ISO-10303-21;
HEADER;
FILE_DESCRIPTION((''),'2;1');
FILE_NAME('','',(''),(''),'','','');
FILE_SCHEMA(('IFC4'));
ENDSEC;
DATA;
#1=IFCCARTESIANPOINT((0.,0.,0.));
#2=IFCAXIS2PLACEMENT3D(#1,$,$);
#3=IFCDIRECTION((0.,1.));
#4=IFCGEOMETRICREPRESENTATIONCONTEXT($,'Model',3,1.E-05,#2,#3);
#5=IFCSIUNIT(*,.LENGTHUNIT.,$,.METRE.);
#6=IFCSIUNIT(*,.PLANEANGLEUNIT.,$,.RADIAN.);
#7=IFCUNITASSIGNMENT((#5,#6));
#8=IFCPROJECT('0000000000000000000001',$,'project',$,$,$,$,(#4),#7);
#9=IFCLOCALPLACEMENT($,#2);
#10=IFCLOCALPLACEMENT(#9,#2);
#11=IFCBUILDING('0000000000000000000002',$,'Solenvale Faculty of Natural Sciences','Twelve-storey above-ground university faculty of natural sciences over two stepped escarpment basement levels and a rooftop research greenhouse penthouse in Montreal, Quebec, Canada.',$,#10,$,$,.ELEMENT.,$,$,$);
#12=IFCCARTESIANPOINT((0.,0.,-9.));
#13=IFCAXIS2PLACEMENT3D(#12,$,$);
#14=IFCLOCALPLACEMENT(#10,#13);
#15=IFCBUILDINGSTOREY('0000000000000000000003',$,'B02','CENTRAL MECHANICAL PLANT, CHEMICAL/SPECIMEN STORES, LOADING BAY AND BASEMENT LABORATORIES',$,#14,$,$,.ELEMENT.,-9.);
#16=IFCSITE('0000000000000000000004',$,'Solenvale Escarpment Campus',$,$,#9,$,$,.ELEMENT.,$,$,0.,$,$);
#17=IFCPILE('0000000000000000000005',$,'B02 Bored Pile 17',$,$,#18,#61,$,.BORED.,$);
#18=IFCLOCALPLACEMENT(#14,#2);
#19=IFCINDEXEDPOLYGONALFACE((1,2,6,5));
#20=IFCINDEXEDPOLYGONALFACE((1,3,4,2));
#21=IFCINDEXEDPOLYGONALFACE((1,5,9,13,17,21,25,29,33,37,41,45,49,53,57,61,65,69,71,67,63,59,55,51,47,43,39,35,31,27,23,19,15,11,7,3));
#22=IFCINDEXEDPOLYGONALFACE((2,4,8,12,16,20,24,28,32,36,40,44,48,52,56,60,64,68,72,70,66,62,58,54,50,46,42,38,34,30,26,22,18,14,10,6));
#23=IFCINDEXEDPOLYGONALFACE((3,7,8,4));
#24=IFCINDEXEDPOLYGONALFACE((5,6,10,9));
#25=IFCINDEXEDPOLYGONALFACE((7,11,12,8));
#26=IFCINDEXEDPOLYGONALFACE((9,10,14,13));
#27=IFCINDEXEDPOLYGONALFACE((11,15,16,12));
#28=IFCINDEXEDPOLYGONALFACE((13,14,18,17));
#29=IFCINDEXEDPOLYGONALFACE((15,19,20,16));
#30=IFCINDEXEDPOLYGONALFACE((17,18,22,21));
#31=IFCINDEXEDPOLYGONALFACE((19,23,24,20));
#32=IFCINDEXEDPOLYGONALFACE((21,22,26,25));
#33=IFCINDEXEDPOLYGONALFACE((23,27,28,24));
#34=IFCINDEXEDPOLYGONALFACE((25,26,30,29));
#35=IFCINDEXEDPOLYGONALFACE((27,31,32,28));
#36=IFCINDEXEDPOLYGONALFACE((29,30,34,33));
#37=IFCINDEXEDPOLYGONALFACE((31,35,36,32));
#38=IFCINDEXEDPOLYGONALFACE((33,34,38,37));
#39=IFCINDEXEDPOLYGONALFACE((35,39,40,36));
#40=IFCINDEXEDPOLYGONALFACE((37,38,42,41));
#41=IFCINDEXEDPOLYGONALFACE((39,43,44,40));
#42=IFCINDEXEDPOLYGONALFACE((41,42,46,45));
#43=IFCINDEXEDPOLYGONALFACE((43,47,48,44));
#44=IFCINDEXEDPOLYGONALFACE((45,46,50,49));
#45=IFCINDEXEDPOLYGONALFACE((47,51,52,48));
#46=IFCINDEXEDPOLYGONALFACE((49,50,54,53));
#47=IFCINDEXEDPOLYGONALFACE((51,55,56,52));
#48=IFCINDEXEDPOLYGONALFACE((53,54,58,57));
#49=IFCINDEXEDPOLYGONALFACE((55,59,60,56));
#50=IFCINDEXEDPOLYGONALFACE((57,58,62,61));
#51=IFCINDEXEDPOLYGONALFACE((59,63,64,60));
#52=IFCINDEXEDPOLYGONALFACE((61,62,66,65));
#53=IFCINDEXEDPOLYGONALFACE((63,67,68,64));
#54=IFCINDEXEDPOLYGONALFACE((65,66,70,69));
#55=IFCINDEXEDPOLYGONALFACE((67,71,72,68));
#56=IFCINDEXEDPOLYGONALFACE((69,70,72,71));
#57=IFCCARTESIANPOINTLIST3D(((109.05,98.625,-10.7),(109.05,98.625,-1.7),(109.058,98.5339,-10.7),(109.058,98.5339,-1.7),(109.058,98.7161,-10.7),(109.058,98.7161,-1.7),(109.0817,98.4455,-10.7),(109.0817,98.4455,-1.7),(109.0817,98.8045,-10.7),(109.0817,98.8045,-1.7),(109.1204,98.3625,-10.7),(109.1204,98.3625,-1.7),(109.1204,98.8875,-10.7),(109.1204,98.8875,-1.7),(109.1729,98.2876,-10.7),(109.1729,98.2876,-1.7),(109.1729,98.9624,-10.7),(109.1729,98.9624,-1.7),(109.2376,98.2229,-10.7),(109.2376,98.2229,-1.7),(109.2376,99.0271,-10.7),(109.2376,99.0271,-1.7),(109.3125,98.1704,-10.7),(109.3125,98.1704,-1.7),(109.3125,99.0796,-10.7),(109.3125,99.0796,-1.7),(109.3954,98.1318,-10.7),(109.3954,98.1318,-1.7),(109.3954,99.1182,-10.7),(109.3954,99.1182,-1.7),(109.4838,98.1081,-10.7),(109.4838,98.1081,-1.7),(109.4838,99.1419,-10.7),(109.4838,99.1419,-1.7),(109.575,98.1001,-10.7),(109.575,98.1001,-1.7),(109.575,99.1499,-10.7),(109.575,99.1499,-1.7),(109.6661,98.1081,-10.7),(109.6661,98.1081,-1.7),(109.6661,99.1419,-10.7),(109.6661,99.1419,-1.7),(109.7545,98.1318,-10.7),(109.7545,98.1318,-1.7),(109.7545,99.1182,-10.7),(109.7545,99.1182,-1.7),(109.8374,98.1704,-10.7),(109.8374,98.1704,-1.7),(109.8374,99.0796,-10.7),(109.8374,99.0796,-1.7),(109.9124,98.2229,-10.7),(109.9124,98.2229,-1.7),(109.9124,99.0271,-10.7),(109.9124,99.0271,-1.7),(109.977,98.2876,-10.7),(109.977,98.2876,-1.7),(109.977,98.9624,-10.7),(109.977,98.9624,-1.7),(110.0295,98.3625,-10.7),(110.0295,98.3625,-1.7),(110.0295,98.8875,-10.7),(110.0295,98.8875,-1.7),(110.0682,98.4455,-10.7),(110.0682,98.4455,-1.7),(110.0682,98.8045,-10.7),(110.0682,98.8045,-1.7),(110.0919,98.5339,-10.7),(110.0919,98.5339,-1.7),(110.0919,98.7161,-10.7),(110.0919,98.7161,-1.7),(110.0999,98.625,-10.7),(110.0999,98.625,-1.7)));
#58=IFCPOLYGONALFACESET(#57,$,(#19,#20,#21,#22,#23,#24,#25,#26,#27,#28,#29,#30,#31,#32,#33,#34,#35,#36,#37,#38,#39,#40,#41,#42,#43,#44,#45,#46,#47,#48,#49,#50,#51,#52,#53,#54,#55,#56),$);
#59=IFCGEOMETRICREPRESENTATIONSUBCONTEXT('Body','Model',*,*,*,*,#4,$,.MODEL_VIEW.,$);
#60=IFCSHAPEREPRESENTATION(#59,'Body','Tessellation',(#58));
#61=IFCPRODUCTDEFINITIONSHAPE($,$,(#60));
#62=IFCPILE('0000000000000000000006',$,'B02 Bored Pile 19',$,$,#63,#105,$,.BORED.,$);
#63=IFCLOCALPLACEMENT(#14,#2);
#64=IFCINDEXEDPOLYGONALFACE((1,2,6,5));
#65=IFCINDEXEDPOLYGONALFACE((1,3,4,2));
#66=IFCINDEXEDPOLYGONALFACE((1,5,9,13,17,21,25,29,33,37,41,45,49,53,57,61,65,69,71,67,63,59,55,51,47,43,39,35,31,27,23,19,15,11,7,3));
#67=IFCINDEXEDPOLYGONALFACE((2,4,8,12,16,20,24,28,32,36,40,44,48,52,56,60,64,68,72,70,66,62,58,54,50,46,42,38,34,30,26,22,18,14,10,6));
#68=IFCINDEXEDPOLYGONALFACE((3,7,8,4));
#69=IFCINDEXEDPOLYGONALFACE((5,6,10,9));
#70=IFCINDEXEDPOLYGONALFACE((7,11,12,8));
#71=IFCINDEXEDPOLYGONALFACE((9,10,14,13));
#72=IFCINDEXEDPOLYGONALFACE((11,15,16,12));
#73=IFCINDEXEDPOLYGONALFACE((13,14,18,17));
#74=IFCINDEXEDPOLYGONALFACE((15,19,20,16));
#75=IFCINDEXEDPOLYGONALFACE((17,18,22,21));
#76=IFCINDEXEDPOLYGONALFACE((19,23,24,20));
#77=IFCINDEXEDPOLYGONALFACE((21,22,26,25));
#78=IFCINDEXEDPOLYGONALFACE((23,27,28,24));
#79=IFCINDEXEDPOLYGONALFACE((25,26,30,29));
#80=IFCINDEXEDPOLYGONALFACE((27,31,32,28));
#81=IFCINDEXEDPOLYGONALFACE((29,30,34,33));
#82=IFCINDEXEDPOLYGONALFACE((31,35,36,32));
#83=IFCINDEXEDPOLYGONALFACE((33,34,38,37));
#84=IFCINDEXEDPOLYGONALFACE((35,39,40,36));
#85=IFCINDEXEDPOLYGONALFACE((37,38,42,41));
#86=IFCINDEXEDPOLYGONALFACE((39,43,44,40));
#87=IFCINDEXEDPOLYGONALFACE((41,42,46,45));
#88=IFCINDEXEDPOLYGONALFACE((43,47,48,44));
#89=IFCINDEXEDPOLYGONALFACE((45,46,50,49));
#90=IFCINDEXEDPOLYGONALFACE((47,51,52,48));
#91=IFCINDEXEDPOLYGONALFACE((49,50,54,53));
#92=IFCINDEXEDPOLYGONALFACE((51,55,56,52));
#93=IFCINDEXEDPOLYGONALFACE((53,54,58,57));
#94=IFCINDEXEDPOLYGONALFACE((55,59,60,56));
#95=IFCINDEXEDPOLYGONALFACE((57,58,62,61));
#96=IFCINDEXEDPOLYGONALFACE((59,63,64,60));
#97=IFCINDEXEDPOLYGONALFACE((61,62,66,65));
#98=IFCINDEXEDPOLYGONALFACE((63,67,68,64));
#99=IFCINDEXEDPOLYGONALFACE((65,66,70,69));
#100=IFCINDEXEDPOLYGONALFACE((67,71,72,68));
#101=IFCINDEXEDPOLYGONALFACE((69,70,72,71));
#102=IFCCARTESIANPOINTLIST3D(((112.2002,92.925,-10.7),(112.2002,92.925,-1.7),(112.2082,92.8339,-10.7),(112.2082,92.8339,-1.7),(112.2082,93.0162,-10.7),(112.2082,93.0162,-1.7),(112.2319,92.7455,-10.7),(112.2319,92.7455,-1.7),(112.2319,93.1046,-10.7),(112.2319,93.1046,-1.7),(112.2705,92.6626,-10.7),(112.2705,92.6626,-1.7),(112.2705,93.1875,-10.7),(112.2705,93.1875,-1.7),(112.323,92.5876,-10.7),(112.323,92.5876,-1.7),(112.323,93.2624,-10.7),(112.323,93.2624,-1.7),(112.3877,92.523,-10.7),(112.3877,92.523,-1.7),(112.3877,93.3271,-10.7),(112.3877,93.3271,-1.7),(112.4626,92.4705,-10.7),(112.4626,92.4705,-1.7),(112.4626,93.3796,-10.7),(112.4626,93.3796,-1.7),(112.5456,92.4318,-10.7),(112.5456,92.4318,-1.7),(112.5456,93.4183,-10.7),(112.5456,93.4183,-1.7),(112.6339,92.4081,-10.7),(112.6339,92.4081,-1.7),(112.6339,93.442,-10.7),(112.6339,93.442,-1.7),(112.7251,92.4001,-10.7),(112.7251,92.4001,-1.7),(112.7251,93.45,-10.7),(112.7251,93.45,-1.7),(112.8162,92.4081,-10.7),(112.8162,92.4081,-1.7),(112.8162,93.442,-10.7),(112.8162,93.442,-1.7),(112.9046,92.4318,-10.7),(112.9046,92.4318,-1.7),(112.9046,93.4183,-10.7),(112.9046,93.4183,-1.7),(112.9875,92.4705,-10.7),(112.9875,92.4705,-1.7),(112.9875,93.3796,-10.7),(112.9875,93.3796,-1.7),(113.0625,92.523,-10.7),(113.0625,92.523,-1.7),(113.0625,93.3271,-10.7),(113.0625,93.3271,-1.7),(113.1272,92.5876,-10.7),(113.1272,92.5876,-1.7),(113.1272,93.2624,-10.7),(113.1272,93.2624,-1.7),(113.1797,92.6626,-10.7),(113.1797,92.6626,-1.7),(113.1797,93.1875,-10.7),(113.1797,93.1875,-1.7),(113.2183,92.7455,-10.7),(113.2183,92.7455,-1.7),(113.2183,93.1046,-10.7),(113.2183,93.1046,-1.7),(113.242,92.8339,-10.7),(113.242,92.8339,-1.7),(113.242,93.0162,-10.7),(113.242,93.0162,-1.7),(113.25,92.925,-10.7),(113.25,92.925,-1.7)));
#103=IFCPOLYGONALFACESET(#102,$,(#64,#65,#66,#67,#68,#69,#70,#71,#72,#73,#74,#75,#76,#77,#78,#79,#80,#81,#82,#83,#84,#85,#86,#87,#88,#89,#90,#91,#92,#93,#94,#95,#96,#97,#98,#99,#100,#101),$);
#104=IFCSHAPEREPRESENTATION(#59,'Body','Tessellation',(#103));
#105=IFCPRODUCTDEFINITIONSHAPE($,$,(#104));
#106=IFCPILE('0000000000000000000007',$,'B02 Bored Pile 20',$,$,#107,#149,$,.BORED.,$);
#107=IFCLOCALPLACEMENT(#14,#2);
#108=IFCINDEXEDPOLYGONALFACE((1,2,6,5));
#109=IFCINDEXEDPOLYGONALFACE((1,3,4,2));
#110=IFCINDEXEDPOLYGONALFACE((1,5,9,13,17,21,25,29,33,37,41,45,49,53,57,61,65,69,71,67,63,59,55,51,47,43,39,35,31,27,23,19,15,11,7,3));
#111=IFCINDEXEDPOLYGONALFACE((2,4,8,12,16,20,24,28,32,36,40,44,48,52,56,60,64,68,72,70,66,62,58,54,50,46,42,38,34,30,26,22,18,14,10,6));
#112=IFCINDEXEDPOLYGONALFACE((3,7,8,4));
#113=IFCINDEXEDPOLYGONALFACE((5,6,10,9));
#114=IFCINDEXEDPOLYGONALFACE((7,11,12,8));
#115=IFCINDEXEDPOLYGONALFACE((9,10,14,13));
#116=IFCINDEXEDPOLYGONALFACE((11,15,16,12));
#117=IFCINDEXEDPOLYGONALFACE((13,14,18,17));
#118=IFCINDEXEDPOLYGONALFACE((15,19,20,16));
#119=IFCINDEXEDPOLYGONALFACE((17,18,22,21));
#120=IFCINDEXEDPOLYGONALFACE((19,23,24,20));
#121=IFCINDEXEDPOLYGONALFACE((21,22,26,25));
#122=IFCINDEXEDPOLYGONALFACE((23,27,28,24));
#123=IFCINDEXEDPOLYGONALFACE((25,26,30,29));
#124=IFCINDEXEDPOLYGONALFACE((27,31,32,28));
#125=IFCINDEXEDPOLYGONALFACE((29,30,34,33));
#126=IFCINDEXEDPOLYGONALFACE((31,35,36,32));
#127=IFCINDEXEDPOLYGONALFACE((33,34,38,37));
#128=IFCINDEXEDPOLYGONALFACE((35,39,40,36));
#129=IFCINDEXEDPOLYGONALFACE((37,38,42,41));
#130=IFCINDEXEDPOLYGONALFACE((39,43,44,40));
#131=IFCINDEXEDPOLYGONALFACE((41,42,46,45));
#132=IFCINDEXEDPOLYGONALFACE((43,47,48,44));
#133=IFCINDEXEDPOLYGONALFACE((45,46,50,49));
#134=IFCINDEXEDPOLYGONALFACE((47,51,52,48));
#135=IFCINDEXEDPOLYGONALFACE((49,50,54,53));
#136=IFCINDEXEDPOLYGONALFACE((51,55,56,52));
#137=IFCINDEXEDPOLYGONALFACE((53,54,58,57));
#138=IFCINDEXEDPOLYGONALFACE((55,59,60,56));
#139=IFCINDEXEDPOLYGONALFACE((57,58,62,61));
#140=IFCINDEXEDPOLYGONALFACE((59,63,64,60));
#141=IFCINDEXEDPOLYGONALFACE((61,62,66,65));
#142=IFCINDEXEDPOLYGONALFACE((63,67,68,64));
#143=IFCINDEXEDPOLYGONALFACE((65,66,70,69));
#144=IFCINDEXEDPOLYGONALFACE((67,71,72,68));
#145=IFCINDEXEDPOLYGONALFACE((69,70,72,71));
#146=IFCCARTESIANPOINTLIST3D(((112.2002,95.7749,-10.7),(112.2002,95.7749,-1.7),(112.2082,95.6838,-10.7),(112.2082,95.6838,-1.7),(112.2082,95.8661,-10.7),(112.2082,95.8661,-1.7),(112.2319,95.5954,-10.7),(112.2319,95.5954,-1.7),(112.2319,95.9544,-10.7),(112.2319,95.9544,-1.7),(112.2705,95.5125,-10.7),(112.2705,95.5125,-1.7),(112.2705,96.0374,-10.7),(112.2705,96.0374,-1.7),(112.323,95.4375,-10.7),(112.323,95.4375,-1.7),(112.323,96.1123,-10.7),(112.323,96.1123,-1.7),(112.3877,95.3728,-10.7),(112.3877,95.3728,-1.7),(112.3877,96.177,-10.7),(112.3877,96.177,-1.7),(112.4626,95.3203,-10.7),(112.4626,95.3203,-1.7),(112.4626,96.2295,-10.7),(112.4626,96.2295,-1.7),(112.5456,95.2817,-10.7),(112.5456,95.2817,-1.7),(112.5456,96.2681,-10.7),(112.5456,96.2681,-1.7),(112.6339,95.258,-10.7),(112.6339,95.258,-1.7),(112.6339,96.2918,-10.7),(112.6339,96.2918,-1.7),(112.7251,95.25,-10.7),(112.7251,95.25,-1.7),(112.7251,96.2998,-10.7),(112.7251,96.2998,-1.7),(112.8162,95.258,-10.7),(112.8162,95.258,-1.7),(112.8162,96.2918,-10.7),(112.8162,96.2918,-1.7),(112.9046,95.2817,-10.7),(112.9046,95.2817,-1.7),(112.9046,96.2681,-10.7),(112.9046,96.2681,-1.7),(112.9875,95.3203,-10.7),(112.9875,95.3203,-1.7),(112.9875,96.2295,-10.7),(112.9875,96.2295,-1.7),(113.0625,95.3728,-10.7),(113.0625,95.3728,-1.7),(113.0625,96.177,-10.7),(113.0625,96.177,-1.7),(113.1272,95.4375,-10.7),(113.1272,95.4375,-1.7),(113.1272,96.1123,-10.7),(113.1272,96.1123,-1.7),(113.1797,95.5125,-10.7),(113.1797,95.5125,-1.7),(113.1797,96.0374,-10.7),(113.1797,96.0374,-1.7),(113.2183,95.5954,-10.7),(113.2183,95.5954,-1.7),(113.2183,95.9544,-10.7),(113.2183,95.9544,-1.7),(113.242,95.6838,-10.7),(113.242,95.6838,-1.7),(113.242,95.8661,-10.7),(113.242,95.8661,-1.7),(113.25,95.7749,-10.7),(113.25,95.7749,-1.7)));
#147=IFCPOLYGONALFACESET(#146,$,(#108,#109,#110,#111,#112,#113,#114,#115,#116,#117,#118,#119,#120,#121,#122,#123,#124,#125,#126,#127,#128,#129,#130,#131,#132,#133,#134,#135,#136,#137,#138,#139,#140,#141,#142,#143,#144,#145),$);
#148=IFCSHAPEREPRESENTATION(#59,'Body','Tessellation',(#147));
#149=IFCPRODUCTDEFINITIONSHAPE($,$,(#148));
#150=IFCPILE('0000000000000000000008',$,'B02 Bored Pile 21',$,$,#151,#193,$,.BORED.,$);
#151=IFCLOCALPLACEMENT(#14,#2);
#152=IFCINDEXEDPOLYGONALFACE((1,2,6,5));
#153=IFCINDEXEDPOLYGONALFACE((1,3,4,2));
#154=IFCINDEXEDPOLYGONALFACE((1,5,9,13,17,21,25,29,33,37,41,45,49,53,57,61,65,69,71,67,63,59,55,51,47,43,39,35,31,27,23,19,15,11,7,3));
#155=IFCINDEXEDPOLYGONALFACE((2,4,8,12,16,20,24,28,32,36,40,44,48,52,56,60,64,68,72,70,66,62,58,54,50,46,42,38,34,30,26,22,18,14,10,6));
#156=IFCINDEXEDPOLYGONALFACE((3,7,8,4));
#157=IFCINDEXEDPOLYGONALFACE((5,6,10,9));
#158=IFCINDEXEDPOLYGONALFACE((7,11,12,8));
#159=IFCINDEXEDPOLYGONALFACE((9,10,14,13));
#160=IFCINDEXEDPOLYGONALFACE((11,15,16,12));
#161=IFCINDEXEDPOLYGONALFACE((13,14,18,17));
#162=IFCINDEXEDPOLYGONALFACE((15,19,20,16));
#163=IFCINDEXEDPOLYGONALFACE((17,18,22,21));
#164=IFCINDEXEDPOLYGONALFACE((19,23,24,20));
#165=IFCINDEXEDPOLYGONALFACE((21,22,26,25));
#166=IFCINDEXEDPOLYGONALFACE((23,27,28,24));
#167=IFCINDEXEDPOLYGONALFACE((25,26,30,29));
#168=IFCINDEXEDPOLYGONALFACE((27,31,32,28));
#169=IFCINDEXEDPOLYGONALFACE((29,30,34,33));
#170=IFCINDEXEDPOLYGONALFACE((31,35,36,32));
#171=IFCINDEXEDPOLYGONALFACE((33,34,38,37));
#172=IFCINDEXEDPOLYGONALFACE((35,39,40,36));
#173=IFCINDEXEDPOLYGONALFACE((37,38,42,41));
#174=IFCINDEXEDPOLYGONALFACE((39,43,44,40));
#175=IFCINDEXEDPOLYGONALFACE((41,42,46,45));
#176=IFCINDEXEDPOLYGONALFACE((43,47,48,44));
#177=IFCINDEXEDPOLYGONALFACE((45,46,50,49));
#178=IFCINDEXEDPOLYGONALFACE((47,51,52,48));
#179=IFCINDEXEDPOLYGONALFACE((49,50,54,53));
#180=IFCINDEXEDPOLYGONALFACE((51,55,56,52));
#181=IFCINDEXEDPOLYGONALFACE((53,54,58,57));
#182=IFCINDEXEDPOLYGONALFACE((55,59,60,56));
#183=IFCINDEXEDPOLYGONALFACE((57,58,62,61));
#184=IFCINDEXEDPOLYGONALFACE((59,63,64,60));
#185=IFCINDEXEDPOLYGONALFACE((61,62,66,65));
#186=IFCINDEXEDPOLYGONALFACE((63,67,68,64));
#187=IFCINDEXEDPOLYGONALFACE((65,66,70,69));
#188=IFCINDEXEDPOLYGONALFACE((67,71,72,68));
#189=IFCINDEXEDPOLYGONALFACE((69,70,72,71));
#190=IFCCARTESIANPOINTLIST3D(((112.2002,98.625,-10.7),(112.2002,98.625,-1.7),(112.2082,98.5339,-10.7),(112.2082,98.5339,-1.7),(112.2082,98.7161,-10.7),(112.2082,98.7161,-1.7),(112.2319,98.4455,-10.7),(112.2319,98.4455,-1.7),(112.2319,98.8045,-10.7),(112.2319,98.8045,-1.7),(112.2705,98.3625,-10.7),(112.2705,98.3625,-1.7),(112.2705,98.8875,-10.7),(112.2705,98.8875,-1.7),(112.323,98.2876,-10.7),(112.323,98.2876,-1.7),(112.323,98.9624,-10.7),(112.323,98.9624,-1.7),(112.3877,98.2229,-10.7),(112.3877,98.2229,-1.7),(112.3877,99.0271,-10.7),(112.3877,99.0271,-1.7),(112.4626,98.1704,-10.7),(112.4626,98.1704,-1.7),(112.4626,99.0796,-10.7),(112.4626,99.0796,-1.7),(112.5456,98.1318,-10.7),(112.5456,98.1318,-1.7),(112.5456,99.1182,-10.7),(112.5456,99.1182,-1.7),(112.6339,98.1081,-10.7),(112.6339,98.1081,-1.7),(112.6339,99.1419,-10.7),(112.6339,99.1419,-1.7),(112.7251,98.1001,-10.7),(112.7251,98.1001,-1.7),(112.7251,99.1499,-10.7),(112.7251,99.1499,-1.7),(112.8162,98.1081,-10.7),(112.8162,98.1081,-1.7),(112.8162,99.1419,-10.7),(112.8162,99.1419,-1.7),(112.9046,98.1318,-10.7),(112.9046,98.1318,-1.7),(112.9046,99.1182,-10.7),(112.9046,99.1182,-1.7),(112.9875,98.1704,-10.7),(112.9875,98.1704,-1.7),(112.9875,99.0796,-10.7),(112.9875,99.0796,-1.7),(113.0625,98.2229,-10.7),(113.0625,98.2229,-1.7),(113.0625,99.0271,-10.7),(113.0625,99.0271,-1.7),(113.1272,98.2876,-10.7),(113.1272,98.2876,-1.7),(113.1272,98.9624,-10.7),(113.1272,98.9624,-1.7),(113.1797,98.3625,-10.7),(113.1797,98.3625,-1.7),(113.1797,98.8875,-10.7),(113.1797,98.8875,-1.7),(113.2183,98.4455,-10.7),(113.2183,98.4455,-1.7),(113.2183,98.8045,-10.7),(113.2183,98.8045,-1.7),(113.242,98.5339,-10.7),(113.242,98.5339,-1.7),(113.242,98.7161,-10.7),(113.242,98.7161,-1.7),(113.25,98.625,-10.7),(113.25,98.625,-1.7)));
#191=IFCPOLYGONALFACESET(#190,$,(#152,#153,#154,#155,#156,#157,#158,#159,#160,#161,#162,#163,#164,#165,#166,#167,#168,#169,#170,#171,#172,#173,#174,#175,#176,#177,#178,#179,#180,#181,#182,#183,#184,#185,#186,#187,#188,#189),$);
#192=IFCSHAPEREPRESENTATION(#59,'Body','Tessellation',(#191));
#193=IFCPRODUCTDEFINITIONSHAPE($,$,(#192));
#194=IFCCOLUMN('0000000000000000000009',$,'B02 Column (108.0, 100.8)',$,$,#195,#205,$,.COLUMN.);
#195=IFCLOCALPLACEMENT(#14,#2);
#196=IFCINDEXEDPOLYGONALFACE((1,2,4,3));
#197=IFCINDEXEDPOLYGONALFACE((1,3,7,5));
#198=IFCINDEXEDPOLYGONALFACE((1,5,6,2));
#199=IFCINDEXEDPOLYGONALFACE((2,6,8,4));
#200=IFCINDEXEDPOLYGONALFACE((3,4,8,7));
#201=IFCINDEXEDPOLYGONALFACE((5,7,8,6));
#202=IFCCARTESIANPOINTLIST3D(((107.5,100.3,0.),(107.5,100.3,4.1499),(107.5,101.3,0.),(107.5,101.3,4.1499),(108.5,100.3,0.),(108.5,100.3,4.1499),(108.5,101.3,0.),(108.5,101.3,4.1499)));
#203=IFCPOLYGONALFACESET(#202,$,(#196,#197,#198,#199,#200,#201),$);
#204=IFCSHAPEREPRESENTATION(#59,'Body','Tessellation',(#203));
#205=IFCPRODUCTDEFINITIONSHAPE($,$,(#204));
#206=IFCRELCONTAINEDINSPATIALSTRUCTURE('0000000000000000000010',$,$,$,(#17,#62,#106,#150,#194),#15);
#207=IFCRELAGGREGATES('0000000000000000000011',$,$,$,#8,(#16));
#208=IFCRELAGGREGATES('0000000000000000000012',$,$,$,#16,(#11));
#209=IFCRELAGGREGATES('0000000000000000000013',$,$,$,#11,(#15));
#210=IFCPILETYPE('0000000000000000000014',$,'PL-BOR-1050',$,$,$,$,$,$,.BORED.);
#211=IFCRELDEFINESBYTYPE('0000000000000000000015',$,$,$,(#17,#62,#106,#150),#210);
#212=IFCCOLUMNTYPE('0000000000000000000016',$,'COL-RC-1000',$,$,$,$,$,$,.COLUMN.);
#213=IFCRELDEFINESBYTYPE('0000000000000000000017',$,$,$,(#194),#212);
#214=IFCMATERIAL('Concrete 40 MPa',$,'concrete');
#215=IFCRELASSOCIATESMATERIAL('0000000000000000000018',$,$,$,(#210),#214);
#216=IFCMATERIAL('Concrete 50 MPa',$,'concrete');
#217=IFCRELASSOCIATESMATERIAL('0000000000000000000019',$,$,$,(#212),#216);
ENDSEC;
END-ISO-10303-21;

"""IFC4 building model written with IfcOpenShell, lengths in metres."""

from ifc_helpers import new_model, si_unit, direction, frame, origin, origin_2d, place, context, subcontext, project, spatial, rectangle, circle, extrude, material, material_profile, profile_set, type_object, element, save


model = new_model("IFC4")

# Units and contexts
model_context = context("Model", 3, precision=1e-05, world=origin(), true_north=direction((0.0, 1.0)))
body_context = subcontext(model_context, "Body", "Model", "MODEL_VIEW")
ifc_project = project(units=[si_unit("LENGTHUNIT", "METRE"), si_unit("PLANEANGLEUNIT", "RADIAN")], contexts=[model_context])

# Site, building, storey
site_placement = place(None, origin())
site = spatial("IfcSite", under=ifc_project, at=site_placement, Name="Solenvale Escarpment Campus", CompositionType="ELEMENT", RefElevation=0.0)
building_placement = place(site_placement, origin())
building = spatial("IfcBuilding", under=site, at=building_placement, Name="Solenvale Faculty of Natural Sciences", Description="Twelve-storey above-ground university faculty of natural sciences over two stepped escarpment basement levels and a rooftop research greenhouse penthouse in Montreal, Quebec, Canada.", CompositionType="ELEMENT")
storey_placement = place(building_placement, frame((0.0, 0.0, -9.0)))
storey = spatial("IfcBuildingStorey", under=building, at=storey_placement, Name="B02", Description="CENTRAL MECHANICAL PLANT, CHEMICAL/SPECIMEN STORES, LOADING BAY AND BASEMENT LABORATORIES", CompositionType="ELEMENT", Elevation=-9.0)

# Shared definitions
ifc_material_1 = material(Name="Concrete 40 MPa", Category="concrete")

# Piles
ifc_material_profile_1 = material_profile(ifc_material_1, circle(Radius=0.5249, at=origin_2d()), Name="PILE-D1050")
ifc_profile_set_1 = profile_set([ifc_material_profile_1], Name="Concrete 40 MPa")
pile_type = type_object("IfcPileType", Name="PL-BOR-1050", PredefinedType="BORED", material=ifc_profile_set_1)
for number, where, z_axis, x_axis, name in (
    (1, (109.575, 98.625, -1.7), (0.0, 0.0, -1.0), (1.0, 0.0, 0.0), "B02 Bored Pile 17"),
    (2, (112.7251, 92.925, -1.7), (0.0, 0.0, -1.0), (1.0, 0.0, 0.0), "B02 Bored Pile 19"),
    (3, (112.7251, 95.7749, -1.7), (0.0, 0.0, -1.0), (1.0, 0.0, 0.0), "B02 Bored Pile 20"),
    (4, (112.7251, 98.625, -1.7), (0.0, 0.0, -1.0), (1.0, 0.0, 0.0), "B02 Bored Pile 21"),
):
    element("IfcPile", number, at=place(storey_placement, frame(where, z_axis=z_axis, x_axis=x_axis)), inside=storey, type_object=pile_type, Name=name, PredefinedType="BORED", context=body_context, shape_type="SweptSolid", body=[
        extrude(circle(Radius=0.5249, at=origin_2d()), origin(), (0.0, 0.0, 1.0), 9.0),
    ])

# Column
ifc_material_2 = material(Name="Concrete 50 MPa", Category="concrete")
ifc_material_profile_2 = material_profile(ifc_material_2, rectangle(XDim=1.0, YDim=1.0, at=origin_2d()), Name="RC-COL-1000x1000")
ifc_profile_set_2 = profile_set([ifc_material_profile_2], Name="Concrete 50 MPa")
column_type_1 = type_object("IfcColumnType", Name="COL-RC-1000", PredefinedType="COLUMN", material=ifc_profile_set_2)
column_placement = place(storey_placement, frame((108.0, 100.8, 0.0), z_axis=(0.0, 0.0, 1.0), x_axis=(1.0, 0.0, 0.0)))
element("IfcColumn", 5, at=column_placement, inside=storey, type_object=column_type_1, Name="B02 Column (108.0, 100.8)", PredefinedType="COLUMN", context=body_context, shape_type="SweptSolid", body=[
    extrude(rectangle(XDim=1.0, YDim=1.0, at=origin_2d()), origin(), (0.0, 0.0, 1.0), 4.1499),
])

save(model, "model.ifc")
